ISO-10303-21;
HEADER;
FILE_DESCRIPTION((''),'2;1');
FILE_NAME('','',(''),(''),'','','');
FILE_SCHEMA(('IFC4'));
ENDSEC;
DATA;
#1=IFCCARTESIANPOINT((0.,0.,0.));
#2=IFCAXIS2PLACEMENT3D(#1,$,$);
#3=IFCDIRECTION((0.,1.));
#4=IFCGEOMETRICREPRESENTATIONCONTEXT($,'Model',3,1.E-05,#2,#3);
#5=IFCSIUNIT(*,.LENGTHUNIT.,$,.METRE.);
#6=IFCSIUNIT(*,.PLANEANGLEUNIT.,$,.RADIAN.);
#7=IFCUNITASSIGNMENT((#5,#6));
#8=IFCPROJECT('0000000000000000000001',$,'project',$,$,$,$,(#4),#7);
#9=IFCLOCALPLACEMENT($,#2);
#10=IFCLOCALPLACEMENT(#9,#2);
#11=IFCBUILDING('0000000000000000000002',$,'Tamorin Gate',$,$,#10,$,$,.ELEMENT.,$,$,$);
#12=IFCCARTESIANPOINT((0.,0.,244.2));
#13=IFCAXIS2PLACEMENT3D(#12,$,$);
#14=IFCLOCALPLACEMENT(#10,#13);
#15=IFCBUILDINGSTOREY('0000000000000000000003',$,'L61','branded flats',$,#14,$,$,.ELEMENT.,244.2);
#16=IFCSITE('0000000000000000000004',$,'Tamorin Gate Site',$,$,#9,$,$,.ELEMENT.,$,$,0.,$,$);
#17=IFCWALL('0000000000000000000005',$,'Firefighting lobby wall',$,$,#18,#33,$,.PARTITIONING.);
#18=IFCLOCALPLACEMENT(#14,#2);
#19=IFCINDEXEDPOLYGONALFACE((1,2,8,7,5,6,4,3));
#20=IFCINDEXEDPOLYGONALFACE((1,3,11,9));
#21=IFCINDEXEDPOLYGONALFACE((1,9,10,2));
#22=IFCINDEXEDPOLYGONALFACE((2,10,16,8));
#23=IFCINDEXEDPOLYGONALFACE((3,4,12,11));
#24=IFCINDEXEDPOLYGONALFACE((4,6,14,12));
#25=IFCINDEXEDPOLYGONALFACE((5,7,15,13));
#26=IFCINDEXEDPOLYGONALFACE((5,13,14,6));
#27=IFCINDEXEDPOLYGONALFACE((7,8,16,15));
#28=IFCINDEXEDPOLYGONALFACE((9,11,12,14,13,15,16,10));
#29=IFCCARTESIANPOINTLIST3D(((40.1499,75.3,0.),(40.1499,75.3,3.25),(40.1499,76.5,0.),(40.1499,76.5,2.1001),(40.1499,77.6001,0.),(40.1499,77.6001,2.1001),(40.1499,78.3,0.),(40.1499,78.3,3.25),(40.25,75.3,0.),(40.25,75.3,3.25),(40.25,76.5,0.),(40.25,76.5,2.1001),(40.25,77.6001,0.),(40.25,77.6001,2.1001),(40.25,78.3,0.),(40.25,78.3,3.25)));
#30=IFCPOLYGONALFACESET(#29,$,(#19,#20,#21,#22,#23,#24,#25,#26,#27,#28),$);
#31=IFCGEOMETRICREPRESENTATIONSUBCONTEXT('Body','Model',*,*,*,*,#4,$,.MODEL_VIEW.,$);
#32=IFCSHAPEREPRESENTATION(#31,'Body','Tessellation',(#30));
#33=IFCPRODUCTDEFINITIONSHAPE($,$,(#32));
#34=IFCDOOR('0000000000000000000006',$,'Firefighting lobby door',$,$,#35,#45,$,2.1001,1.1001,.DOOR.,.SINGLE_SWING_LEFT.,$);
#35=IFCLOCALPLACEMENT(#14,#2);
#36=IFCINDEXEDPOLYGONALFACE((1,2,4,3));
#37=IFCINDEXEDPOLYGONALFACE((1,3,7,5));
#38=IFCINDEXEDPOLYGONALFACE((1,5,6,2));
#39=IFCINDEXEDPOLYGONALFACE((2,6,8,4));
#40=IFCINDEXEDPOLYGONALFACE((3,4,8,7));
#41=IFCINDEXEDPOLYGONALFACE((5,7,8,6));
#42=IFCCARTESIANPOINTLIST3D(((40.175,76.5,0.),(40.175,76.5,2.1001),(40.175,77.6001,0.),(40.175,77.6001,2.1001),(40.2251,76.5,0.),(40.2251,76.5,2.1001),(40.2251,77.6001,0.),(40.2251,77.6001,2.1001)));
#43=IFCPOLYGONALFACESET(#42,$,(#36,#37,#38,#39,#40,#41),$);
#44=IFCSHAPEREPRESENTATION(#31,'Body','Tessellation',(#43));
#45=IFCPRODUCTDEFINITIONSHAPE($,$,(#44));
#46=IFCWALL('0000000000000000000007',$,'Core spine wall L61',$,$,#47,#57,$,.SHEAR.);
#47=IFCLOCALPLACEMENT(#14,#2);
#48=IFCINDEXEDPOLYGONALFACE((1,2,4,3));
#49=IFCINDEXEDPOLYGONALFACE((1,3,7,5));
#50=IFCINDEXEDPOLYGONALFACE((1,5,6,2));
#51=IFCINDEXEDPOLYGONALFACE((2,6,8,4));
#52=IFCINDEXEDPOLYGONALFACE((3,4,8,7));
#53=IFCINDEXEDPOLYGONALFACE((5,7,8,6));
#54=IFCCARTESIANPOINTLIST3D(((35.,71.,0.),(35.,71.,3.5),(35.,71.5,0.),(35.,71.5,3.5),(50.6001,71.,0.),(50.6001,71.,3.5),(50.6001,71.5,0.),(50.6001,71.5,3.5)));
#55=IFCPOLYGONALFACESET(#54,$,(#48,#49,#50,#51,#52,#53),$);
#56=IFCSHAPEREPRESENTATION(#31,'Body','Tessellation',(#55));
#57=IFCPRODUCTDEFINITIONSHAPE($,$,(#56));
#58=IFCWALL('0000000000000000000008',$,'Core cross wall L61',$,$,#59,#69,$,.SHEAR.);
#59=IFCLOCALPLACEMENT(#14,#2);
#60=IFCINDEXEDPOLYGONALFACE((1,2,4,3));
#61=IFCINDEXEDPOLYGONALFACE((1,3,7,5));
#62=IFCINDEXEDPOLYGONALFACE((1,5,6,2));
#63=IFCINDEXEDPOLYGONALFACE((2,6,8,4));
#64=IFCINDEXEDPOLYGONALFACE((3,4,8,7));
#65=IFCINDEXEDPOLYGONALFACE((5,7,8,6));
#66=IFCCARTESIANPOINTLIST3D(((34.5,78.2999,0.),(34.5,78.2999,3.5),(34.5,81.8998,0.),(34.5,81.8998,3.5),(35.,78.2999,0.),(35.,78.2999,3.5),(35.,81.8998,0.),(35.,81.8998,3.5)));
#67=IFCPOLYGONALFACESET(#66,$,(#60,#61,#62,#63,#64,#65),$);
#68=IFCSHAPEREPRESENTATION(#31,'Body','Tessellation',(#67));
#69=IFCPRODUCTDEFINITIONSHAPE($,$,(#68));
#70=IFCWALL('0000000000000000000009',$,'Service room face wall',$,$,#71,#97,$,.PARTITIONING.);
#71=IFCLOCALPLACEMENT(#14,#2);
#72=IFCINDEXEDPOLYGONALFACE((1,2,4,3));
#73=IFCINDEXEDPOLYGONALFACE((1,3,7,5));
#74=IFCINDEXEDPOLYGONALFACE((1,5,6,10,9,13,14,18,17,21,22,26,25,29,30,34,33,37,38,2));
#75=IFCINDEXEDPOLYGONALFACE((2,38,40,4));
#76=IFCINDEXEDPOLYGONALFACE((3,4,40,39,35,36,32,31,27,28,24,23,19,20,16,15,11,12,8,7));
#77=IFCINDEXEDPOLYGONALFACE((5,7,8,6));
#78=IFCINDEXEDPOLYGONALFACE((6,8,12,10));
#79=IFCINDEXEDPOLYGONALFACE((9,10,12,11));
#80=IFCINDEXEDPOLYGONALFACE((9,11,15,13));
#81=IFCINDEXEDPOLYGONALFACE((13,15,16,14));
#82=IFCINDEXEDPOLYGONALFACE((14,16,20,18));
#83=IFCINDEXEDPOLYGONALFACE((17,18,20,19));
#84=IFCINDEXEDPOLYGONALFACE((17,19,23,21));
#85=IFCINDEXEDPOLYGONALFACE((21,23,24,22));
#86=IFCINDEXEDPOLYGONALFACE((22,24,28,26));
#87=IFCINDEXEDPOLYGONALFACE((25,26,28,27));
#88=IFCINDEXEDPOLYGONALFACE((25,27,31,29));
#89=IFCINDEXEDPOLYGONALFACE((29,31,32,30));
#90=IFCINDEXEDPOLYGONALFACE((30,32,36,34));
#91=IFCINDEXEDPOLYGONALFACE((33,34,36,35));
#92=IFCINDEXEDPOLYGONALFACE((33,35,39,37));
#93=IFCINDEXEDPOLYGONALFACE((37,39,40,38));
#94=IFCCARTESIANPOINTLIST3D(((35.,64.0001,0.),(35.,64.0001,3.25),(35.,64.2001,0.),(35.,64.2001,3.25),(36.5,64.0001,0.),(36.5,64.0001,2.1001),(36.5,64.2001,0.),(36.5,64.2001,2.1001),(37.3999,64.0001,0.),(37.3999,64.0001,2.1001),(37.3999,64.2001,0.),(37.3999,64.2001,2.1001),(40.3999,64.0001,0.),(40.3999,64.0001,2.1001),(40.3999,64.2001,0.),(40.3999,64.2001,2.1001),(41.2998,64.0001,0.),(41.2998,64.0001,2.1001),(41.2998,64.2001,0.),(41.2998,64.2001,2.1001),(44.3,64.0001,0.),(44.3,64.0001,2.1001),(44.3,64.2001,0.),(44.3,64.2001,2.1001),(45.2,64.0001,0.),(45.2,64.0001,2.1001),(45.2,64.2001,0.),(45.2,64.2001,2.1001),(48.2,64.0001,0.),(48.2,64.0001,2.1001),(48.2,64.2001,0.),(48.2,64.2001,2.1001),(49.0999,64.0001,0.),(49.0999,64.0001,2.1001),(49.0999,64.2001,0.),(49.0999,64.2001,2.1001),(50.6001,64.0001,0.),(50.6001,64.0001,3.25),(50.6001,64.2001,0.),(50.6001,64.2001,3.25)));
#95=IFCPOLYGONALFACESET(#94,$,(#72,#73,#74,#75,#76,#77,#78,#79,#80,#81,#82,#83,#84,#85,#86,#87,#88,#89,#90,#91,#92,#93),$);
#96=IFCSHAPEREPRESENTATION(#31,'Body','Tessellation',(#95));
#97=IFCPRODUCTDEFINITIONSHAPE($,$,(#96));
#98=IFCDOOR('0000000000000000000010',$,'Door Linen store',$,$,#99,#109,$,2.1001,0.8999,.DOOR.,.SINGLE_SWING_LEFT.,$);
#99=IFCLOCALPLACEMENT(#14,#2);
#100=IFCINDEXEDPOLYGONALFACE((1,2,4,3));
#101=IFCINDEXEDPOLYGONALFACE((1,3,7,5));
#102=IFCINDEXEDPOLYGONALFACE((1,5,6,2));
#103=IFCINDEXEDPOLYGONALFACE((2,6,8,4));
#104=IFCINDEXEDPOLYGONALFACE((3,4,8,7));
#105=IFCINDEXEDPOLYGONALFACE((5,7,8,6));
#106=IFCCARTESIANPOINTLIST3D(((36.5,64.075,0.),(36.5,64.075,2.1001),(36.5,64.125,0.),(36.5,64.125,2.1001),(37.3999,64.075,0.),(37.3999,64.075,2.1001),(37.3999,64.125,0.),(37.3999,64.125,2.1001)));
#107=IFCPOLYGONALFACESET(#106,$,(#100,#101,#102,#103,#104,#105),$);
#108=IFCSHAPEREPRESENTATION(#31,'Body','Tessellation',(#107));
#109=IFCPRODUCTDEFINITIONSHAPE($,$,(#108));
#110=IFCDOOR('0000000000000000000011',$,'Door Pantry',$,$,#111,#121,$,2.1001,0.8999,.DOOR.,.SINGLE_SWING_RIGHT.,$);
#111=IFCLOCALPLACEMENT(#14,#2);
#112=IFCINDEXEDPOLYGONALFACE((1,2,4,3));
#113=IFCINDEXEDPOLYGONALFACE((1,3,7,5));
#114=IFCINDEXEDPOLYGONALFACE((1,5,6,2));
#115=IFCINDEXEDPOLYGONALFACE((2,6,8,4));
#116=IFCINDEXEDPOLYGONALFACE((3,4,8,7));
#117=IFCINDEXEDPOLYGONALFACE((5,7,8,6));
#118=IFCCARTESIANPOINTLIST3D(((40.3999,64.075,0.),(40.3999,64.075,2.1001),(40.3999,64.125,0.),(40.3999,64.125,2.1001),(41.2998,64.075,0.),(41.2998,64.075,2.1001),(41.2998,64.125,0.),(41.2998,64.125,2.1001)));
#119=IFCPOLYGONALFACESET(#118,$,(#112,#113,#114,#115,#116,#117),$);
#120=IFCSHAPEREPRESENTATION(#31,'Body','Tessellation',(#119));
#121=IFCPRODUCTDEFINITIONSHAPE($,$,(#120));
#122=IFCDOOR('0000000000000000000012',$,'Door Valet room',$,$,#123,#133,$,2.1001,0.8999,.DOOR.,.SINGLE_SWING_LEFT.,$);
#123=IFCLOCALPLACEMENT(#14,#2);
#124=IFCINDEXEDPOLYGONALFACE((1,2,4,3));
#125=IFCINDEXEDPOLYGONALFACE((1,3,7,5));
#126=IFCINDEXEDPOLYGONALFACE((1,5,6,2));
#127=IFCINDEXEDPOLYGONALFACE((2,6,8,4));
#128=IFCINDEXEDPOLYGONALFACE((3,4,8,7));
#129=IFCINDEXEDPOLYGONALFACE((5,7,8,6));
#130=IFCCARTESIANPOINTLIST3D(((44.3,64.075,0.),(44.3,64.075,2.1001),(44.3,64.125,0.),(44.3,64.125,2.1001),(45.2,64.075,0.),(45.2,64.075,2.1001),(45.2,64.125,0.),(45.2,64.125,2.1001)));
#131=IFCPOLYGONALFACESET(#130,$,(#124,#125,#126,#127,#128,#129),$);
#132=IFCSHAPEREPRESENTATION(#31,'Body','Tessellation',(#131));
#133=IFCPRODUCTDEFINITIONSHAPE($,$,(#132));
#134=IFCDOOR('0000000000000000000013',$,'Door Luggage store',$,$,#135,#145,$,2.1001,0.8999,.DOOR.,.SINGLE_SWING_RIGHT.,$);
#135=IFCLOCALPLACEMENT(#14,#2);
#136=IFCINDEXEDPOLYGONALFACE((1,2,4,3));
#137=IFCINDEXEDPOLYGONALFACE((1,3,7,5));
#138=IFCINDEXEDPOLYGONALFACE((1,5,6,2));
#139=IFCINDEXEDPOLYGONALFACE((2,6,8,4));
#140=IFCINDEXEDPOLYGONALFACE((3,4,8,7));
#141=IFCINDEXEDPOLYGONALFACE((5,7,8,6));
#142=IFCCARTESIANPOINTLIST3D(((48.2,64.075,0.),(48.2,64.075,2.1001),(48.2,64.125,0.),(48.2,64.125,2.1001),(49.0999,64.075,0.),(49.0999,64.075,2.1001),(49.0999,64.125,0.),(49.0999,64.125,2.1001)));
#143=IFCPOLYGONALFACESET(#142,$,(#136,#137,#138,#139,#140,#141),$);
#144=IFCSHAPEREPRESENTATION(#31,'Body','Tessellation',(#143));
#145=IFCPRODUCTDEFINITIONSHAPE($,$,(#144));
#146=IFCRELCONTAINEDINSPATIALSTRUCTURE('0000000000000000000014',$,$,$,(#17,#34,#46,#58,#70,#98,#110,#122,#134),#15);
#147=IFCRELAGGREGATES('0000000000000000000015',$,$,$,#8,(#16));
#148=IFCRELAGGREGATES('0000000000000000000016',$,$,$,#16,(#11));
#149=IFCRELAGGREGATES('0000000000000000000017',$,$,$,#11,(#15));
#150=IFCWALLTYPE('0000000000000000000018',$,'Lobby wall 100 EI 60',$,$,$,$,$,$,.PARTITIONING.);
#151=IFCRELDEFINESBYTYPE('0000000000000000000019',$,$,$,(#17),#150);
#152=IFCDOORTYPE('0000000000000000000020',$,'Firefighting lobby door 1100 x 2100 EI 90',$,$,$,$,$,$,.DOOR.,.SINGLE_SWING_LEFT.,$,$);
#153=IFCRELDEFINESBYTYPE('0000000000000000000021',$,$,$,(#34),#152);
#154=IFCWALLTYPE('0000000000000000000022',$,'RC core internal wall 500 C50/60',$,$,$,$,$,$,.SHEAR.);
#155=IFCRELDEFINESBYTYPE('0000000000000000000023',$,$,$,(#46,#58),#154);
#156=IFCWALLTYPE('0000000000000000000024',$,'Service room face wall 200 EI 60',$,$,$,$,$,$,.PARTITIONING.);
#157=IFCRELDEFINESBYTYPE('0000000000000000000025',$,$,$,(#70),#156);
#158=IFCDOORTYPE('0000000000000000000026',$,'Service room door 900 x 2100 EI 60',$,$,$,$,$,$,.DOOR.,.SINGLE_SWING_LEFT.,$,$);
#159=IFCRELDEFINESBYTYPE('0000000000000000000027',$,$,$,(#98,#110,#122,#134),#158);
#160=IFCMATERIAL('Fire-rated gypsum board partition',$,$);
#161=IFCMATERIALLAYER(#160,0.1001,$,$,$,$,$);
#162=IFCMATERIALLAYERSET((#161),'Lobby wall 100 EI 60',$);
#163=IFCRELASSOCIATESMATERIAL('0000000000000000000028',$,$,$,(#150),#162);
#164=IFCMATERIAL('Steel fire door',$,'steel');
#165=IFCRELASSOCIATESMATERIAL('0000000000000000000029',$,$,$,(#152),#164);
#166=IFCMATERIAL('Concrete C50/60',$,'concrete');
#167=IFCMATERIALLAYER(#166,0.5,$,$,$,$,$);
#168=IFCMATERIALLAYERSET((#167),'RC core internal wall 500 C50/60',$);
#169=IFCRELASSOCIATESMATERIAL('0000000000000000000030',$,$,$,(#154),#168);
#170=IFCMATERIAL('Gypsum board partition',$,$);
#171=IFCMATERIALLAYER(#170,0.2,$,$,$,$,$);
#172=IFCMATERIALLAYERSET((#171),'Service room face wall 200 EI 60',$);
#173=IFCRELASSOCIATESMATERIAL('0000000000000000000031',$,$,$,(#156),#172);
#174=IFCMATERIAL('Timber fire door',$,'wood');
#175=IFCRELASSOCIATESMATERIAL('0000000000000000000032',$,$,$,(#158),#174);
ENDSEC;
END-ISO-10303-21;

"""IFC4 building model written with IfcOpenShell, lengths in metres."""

from ifc_helpers import new_model, si_unit, direction, frame, frame_2d, origin, place, context, subcontext, project, spatial, rectangle, extrude, material, layer, layer_set, type_object, element, fill, save


model = new_model("IFC4")

# Units and contexts
model_context = context("Model", 3, precision=1e-05, world=origin(), true_north=direction((0.0, 1.0)))
body_context = subcontext(model_context, "Body", "Model", "MODEL_VIEW")
ifc_project = project(units=[si_unit("LENGTHUNIT", "METRE"), si_unit("PLANEANGLEUNIT", "RADIAN")], contexts=[model_context])

# Site, building, storey
site_placement = place(None, origin())
site = spatial("IfcSite", under=ifc_project, at=site_placement, Name="Tamorin Gate Site", CompositionType="ELEMENT", RefElevation=0.0)
building_placement = place(site_placement, origin())
building = spatial("IfcBuilding", under=site, at=building_placement, Name="Tamorin Gate", CompositionType="ELEMENT")
storey_placement = place(building_placement, frame((0.0, 0.0, 244.2)))
storey = spatial("IfcBuildingStorey", under=building, at=storey_placement, Name="L61", Description="branded flats", CompositionType="ELEMENT", Elevation=244.2)

# Shared definitions
ifc_material_1 = material(Name="Fire-rated gypsum board partition")
ifc_layer_1 = layer(ifc_material_1, 0.1001)
ifc_layer_set_1 = layer_set([ifc_layer_1], Name="Lobby wall 100 EI 60")
wall_type_1 = type_object("IfcWallType", Name="Lobby wall 100 EI 60", PredefinedType="PARTITIONING", material=ifc_layer_set_1)

# Wall, opening, door
wall_1_placement = place(storey_placement, frame((40.2, 75.3, 0.0), z_axis=(0.0, 0.0, 1.0), x_axis=(0.0, 1.0, 0.0)))
wall_1 = element("IfcWall", 1, at=wall_1_placement, inside=storey, type_object=wall_type_1, Name="Firefighting lobby wall", PredefinedType="PARTITIONING", context=body_context, shape_type="SweptSolid", body=[
    extrude(rectangle(XDim=3.0, YDim=0.1001, at=frame_2d((1.5, 0.0))), origin(), (0.0, 0.0, 1.0), 3.25),
])
opening_1_placement = place(wall_1_placement, frame((1.2, 0.0, 0.0)))
opening_1 = element("IfcOpeningElement", 2, at=opening_1_placement, cuts=wall_1, PredefinedType="OPENING", context=body_context, shape_type="SweptSolid", body=[
    extrude(rectangle(XDim=1.1001, YDim=2.1001, at=frame_2d((0.55, 1.05))), frame((0.0, 0.0601, 0.0), z_axis=(0.0, -1.0, 0.0), x_axis=(1.0, 0.0, 0.0)), (0.0, 0.0, 1.0), 0.1201),
])
ifc_material_2 = material(Name="Steel fire door", Category="steel")
door_type_1 = type_object("IfcDoorType", Name="Firefighting lobby door 1100 x 2100 EI 90", OperationType="SINGLE_SWING_LEFT", PredefinedType="DOOR", material=ifc_material_2)
door_1_placement = place(opening_1_placement, origin())
door_1 = element("IfcDoor", 3, at=door_1_placement, inside=storey, type_object=door_type_1, Name="Firefighting lobby door", OperationType="SINGLE_SWING_LEFT", OverallHeight=2.1001, OverallWidth=1.1001, PredefinedType="DOOR", context=body_context, shape_type="SweptSolid", body=[
    extrude(rectangle(XDim=1.1001, YDim=2.1001, at=frame_2d((0.55, 1.05))), frame((0.0, 0.0249, 0.0), z_axis=(0.0, -1.0, 0.0), x_axis=(1.0, 0.0, 0.0)), (0.0, 0.0, 1.0), 0.05),
])
fill(opening_1, door_1)

# Walls
ifc_material_3 = material(Name="Concrete C50/60", Category="concrete")
ifc_layer_2 = layer(ifc_material_3, 0.5)
ifc_layer_set_2 = layer_set([ifc_layer_2], Name="RC core internal wall 500 C50/60")
wall_type_2 = type_object("IfcWallType", Name="RC core internal wall 500 C50/60", PredefinedType="SHEAR", material=ifc_layer_set_2)
wall_2_placement = place(storey_placement, frame((35.0, 71.25, 0.0), z_axis=(0.0, 0.0, 1.0), x_axis=(1.0, 0.0, 0.0)))
element("IfcWall", 4, at=wall_2_placement, inside=storey, type_object=wall_type_2, Name="Core spine wall L61", PredefinedType="SHEAR", context=body_context, shape_type="SweptSolid", body=[
    extrude(rectangle(XDim=15.6001, YDim=0.5, at=frame_2d((7.8, 0.0))), origin(), (0.0, 0.0, 1.0), 3.5),
])
wall_3_placement = place(storey_placement, frame((34.75, 78.3, 0.0), z_axis=(0.0, 0.0, 1.0), x_axis=(0.0, 1.0, 0.0)))
element("IfcWall", 5, at=wall_3_placement, inside=storey, type_object=wall_type_2, Name="Core cross wall L61", PredefinedType="SHEAR", context=body_context, shape_type="SweptSolid", body=[
    extrude(rectangle(XDim=3.5999, YDim=0.5, at=frame_2d((1.7998, 0.0))), origin(), (0.0, 0.0, 1.0), 3.5),
])

# Wall, openings, doors
ifc_material_4 = material(Name="Gypsum board partition")
ifc_layer_3 = layer(ifc_material_4, 0.2)
ifc_layer_set_3 = layer_set([ifc_layer_3], Name="Service room face wall 200 EI 60")
wall_type_3 = type_object("IfcWallType", Name="Service room face wall 200 EI 60", PredefinedType="PARTITIONING", material=ifc_layer_set_3)
wall_4_placement = place(storey_placement, frame((35.0, 64.1001, 0.0), z_axis=(0.0, 0.0, 1.0), x_axis=(1.0, 0.0, 0.0)))
wall_4 = element("IfcWall", 6, at=wall_4_placement, inside=storey, type_object=wall_type_3, Name="Service room face wall", PredefinedType="PARTITIONING", context=body_context, shape_type="SweptSolid", body=[
    extrude(rectangle(XDim=15.6001, YDim=0.2, at=frame_2d((7.8, 0.0))), origin(), (0.0, 0.0, 1.0), 3.25),
])
opening_2_placement = place(wall_4_placement, frame((1.5, 0.0, 0.0)))
opening_2 = element("IfcOpeningElement", 7, at=opening_2_placement, cuts=wall_4, PredefinedType="OPENING", context=body_context, shape_type="SweptSolid", body=[
    extrude(rectangle(XDim=0.8999, YDim=2.1001, at=frame_2d((0.45, 1.05))), frame((0.0, 0.1099, 0.0), z_axis=(0.0, -1.0, 0.0), x_axis=(1.0, 0.0, 0.0)), (0.0, 0.0, 1.0), 0.22),
])
opening_3_placement = place(wall_4_placement, frame((5.3999, 0.0, 0.0)))
opening_3 = element("IfcOpeningElement", 8, at=opening_3_placement, cuts=wall_4, PredefinedType="OPENING", context=body_context, shape_type="SweptSolid", body=[
    extrude(rectangle(XDim=0.8999, YDim=2.1001, at=frame_2d((0.45, 1.05))), frame((0.0, 0.1099, 0.0), z_axis=(0.0, -1.0, 0.0), x_axis=(1.0, 0.0, 0.0)), (0.0, 0.0, 1.0), 0.22),
])
opening_4_placement = place(wall_4_placement, frame((9.3, 0.0, 0.0)))
opening_4 = element("IfcOpeningElement", 9, at=opening_4_placement, cuts=wall_4, PredefinedType="OPENING", context=body_context, shape_type="SweptSolid", body=[
    extrude(rectangle(XDim=0.8999, YDim=2.1001, at=frame_2d((0.45, 1.05))), frame((0.0, 0.1099, 0.0), z_axis=(0.0, -1.0, 0.0), x_axis=(1.0, 0.0, 0.0)), (0.0, 0.0, 1.0), 0.22),
])
opening_5_placement = place(wall_4_placement, frame((13.2, 0.0, 0.0)))
opening_5 = element("IfcOpeningElement", 10, at=opening_5_placement, cuts=wall_4, PredefinedType="OPENING", context=body_context, shape_type="SweptSolid", body=[
    extrude(rectangle(XDim=0.8999, YDim=2.1001, at=frame_2d((0.45, 1.05))), frame((0.0, 0.1099, 0.0), z_axis=(0.0, -1.0, 0.0), x_axis=(1.0, 0.0, 0.0)), (0.0, 0.0, 1.0), 0.22),
])
ifc_material_5 = material(Name="Timber fire door", Category="wood")
door_type_2 = type_object("IfcDoorType", Name="Service room door 900 x 2100 EI 60", OperationType="SINGLE_SWING_LEFT", PredefinedType="DOOR", material=ifc_material_5)
door_2_placement = place(opening_2_placement, origin())
door_2 = element("IfcDoor", 11, at=door_2_placement, inside=storey, type_object=door_type_2, Name="Door Linen store", OperationType="SINGLE_SWING_LEFT", OverallHeight=2.1001, OverallWidth=0.8999, PredefinedType="DOOR", context=body_context, shape_type="SweptSolid", body=[
    extrude(rectangle(XDim=0.8999, YDim=2.1001, at=frame_2d((0.45, 1.05))), frame((0.0, 0.0249, 0.0), z_axis=(0.0, -1.0, 0.0), x_axis=(1.0, 0.0, 0.0)), (0.0, 0.0, 1.0), 0.05),
])
fill(opening_2, door_2)
door_3_placement = place(opening_3_placement, origin())
door_3 = element("IfcDoor", 12, at=door_3_placement, inside=storey, type_object=door_type_2, Name="Door Pantry", OperationType="SINGLE_SWING_RIGHT", OverallHeight=2.1001, OverallWidth=0.8999, PredefinedType="DOOR", context=body_context, shape_type="SweptSolid", body=[
    extrude(rectangle(XDim=0.8999, YDim=2.1001, at=frame_2d((0.45, 1.05))), frame((0.0, 0.0249, 0.0), z_axis=(0.0, -1.0, 0.0), x_axis=(1.0, 0.0, 0.0)), (0.0, 0.0, 1.0), 0.05),
])
fill(opening_3, door_3)
door_4_placement = place(opening_4_placement, origin())
door_4 = element("IfcDoor", 13, at=door_4_placement, inside=storey, type_object=door_type_2, Name="Door Valet room", OperationType="SINGLE_SWING_LEFT", OverallHeight=2.1001, OverallWidth=0.8999, PredefinedType="DOOR", context=body_context, shape_type="SweptSolid", body=[
    extrude(rectangle(XDim=0.8999, YDim=2.1001, at=frame_2d((0.45, 1.05))), frame((0.0, 0.0249, 0.0), z_axis=(0.0, -1.0, 0.0), x_axis=(1.0, 0.0, 0.0)), (0.0, 0.0, 1.0), 0.05),
])
fill(opening_4, door_4)
door_5_placement = place(opening_5_placement, origin())
door_5 = element("IfcDoor", 14, at=door_5_placement, inside=storey, type_object=door_type_2, Name="Door Luggage store", OperationType="SINGLE_SWING_RIGHT", OverallHeight=2.1001, OverallWidth=0.8999, PredefinedType="DOOR", context=body_context, shape_type="SweptSolid", body=[
    extrude(rectangle(XDim=0.8999, YDim=2.1001, at=frame_2d((0.45, 1.05))), frame((0.0, 0.0249, 0.0), z_axis=(0.0, -1.0, 0.0), x_axis=(1.0, 0.0, 0.0)), (0.0, 0.0, 1.0), 0.05),
])
fill(opening_5, door_5)

save(model, "model.ifc")
